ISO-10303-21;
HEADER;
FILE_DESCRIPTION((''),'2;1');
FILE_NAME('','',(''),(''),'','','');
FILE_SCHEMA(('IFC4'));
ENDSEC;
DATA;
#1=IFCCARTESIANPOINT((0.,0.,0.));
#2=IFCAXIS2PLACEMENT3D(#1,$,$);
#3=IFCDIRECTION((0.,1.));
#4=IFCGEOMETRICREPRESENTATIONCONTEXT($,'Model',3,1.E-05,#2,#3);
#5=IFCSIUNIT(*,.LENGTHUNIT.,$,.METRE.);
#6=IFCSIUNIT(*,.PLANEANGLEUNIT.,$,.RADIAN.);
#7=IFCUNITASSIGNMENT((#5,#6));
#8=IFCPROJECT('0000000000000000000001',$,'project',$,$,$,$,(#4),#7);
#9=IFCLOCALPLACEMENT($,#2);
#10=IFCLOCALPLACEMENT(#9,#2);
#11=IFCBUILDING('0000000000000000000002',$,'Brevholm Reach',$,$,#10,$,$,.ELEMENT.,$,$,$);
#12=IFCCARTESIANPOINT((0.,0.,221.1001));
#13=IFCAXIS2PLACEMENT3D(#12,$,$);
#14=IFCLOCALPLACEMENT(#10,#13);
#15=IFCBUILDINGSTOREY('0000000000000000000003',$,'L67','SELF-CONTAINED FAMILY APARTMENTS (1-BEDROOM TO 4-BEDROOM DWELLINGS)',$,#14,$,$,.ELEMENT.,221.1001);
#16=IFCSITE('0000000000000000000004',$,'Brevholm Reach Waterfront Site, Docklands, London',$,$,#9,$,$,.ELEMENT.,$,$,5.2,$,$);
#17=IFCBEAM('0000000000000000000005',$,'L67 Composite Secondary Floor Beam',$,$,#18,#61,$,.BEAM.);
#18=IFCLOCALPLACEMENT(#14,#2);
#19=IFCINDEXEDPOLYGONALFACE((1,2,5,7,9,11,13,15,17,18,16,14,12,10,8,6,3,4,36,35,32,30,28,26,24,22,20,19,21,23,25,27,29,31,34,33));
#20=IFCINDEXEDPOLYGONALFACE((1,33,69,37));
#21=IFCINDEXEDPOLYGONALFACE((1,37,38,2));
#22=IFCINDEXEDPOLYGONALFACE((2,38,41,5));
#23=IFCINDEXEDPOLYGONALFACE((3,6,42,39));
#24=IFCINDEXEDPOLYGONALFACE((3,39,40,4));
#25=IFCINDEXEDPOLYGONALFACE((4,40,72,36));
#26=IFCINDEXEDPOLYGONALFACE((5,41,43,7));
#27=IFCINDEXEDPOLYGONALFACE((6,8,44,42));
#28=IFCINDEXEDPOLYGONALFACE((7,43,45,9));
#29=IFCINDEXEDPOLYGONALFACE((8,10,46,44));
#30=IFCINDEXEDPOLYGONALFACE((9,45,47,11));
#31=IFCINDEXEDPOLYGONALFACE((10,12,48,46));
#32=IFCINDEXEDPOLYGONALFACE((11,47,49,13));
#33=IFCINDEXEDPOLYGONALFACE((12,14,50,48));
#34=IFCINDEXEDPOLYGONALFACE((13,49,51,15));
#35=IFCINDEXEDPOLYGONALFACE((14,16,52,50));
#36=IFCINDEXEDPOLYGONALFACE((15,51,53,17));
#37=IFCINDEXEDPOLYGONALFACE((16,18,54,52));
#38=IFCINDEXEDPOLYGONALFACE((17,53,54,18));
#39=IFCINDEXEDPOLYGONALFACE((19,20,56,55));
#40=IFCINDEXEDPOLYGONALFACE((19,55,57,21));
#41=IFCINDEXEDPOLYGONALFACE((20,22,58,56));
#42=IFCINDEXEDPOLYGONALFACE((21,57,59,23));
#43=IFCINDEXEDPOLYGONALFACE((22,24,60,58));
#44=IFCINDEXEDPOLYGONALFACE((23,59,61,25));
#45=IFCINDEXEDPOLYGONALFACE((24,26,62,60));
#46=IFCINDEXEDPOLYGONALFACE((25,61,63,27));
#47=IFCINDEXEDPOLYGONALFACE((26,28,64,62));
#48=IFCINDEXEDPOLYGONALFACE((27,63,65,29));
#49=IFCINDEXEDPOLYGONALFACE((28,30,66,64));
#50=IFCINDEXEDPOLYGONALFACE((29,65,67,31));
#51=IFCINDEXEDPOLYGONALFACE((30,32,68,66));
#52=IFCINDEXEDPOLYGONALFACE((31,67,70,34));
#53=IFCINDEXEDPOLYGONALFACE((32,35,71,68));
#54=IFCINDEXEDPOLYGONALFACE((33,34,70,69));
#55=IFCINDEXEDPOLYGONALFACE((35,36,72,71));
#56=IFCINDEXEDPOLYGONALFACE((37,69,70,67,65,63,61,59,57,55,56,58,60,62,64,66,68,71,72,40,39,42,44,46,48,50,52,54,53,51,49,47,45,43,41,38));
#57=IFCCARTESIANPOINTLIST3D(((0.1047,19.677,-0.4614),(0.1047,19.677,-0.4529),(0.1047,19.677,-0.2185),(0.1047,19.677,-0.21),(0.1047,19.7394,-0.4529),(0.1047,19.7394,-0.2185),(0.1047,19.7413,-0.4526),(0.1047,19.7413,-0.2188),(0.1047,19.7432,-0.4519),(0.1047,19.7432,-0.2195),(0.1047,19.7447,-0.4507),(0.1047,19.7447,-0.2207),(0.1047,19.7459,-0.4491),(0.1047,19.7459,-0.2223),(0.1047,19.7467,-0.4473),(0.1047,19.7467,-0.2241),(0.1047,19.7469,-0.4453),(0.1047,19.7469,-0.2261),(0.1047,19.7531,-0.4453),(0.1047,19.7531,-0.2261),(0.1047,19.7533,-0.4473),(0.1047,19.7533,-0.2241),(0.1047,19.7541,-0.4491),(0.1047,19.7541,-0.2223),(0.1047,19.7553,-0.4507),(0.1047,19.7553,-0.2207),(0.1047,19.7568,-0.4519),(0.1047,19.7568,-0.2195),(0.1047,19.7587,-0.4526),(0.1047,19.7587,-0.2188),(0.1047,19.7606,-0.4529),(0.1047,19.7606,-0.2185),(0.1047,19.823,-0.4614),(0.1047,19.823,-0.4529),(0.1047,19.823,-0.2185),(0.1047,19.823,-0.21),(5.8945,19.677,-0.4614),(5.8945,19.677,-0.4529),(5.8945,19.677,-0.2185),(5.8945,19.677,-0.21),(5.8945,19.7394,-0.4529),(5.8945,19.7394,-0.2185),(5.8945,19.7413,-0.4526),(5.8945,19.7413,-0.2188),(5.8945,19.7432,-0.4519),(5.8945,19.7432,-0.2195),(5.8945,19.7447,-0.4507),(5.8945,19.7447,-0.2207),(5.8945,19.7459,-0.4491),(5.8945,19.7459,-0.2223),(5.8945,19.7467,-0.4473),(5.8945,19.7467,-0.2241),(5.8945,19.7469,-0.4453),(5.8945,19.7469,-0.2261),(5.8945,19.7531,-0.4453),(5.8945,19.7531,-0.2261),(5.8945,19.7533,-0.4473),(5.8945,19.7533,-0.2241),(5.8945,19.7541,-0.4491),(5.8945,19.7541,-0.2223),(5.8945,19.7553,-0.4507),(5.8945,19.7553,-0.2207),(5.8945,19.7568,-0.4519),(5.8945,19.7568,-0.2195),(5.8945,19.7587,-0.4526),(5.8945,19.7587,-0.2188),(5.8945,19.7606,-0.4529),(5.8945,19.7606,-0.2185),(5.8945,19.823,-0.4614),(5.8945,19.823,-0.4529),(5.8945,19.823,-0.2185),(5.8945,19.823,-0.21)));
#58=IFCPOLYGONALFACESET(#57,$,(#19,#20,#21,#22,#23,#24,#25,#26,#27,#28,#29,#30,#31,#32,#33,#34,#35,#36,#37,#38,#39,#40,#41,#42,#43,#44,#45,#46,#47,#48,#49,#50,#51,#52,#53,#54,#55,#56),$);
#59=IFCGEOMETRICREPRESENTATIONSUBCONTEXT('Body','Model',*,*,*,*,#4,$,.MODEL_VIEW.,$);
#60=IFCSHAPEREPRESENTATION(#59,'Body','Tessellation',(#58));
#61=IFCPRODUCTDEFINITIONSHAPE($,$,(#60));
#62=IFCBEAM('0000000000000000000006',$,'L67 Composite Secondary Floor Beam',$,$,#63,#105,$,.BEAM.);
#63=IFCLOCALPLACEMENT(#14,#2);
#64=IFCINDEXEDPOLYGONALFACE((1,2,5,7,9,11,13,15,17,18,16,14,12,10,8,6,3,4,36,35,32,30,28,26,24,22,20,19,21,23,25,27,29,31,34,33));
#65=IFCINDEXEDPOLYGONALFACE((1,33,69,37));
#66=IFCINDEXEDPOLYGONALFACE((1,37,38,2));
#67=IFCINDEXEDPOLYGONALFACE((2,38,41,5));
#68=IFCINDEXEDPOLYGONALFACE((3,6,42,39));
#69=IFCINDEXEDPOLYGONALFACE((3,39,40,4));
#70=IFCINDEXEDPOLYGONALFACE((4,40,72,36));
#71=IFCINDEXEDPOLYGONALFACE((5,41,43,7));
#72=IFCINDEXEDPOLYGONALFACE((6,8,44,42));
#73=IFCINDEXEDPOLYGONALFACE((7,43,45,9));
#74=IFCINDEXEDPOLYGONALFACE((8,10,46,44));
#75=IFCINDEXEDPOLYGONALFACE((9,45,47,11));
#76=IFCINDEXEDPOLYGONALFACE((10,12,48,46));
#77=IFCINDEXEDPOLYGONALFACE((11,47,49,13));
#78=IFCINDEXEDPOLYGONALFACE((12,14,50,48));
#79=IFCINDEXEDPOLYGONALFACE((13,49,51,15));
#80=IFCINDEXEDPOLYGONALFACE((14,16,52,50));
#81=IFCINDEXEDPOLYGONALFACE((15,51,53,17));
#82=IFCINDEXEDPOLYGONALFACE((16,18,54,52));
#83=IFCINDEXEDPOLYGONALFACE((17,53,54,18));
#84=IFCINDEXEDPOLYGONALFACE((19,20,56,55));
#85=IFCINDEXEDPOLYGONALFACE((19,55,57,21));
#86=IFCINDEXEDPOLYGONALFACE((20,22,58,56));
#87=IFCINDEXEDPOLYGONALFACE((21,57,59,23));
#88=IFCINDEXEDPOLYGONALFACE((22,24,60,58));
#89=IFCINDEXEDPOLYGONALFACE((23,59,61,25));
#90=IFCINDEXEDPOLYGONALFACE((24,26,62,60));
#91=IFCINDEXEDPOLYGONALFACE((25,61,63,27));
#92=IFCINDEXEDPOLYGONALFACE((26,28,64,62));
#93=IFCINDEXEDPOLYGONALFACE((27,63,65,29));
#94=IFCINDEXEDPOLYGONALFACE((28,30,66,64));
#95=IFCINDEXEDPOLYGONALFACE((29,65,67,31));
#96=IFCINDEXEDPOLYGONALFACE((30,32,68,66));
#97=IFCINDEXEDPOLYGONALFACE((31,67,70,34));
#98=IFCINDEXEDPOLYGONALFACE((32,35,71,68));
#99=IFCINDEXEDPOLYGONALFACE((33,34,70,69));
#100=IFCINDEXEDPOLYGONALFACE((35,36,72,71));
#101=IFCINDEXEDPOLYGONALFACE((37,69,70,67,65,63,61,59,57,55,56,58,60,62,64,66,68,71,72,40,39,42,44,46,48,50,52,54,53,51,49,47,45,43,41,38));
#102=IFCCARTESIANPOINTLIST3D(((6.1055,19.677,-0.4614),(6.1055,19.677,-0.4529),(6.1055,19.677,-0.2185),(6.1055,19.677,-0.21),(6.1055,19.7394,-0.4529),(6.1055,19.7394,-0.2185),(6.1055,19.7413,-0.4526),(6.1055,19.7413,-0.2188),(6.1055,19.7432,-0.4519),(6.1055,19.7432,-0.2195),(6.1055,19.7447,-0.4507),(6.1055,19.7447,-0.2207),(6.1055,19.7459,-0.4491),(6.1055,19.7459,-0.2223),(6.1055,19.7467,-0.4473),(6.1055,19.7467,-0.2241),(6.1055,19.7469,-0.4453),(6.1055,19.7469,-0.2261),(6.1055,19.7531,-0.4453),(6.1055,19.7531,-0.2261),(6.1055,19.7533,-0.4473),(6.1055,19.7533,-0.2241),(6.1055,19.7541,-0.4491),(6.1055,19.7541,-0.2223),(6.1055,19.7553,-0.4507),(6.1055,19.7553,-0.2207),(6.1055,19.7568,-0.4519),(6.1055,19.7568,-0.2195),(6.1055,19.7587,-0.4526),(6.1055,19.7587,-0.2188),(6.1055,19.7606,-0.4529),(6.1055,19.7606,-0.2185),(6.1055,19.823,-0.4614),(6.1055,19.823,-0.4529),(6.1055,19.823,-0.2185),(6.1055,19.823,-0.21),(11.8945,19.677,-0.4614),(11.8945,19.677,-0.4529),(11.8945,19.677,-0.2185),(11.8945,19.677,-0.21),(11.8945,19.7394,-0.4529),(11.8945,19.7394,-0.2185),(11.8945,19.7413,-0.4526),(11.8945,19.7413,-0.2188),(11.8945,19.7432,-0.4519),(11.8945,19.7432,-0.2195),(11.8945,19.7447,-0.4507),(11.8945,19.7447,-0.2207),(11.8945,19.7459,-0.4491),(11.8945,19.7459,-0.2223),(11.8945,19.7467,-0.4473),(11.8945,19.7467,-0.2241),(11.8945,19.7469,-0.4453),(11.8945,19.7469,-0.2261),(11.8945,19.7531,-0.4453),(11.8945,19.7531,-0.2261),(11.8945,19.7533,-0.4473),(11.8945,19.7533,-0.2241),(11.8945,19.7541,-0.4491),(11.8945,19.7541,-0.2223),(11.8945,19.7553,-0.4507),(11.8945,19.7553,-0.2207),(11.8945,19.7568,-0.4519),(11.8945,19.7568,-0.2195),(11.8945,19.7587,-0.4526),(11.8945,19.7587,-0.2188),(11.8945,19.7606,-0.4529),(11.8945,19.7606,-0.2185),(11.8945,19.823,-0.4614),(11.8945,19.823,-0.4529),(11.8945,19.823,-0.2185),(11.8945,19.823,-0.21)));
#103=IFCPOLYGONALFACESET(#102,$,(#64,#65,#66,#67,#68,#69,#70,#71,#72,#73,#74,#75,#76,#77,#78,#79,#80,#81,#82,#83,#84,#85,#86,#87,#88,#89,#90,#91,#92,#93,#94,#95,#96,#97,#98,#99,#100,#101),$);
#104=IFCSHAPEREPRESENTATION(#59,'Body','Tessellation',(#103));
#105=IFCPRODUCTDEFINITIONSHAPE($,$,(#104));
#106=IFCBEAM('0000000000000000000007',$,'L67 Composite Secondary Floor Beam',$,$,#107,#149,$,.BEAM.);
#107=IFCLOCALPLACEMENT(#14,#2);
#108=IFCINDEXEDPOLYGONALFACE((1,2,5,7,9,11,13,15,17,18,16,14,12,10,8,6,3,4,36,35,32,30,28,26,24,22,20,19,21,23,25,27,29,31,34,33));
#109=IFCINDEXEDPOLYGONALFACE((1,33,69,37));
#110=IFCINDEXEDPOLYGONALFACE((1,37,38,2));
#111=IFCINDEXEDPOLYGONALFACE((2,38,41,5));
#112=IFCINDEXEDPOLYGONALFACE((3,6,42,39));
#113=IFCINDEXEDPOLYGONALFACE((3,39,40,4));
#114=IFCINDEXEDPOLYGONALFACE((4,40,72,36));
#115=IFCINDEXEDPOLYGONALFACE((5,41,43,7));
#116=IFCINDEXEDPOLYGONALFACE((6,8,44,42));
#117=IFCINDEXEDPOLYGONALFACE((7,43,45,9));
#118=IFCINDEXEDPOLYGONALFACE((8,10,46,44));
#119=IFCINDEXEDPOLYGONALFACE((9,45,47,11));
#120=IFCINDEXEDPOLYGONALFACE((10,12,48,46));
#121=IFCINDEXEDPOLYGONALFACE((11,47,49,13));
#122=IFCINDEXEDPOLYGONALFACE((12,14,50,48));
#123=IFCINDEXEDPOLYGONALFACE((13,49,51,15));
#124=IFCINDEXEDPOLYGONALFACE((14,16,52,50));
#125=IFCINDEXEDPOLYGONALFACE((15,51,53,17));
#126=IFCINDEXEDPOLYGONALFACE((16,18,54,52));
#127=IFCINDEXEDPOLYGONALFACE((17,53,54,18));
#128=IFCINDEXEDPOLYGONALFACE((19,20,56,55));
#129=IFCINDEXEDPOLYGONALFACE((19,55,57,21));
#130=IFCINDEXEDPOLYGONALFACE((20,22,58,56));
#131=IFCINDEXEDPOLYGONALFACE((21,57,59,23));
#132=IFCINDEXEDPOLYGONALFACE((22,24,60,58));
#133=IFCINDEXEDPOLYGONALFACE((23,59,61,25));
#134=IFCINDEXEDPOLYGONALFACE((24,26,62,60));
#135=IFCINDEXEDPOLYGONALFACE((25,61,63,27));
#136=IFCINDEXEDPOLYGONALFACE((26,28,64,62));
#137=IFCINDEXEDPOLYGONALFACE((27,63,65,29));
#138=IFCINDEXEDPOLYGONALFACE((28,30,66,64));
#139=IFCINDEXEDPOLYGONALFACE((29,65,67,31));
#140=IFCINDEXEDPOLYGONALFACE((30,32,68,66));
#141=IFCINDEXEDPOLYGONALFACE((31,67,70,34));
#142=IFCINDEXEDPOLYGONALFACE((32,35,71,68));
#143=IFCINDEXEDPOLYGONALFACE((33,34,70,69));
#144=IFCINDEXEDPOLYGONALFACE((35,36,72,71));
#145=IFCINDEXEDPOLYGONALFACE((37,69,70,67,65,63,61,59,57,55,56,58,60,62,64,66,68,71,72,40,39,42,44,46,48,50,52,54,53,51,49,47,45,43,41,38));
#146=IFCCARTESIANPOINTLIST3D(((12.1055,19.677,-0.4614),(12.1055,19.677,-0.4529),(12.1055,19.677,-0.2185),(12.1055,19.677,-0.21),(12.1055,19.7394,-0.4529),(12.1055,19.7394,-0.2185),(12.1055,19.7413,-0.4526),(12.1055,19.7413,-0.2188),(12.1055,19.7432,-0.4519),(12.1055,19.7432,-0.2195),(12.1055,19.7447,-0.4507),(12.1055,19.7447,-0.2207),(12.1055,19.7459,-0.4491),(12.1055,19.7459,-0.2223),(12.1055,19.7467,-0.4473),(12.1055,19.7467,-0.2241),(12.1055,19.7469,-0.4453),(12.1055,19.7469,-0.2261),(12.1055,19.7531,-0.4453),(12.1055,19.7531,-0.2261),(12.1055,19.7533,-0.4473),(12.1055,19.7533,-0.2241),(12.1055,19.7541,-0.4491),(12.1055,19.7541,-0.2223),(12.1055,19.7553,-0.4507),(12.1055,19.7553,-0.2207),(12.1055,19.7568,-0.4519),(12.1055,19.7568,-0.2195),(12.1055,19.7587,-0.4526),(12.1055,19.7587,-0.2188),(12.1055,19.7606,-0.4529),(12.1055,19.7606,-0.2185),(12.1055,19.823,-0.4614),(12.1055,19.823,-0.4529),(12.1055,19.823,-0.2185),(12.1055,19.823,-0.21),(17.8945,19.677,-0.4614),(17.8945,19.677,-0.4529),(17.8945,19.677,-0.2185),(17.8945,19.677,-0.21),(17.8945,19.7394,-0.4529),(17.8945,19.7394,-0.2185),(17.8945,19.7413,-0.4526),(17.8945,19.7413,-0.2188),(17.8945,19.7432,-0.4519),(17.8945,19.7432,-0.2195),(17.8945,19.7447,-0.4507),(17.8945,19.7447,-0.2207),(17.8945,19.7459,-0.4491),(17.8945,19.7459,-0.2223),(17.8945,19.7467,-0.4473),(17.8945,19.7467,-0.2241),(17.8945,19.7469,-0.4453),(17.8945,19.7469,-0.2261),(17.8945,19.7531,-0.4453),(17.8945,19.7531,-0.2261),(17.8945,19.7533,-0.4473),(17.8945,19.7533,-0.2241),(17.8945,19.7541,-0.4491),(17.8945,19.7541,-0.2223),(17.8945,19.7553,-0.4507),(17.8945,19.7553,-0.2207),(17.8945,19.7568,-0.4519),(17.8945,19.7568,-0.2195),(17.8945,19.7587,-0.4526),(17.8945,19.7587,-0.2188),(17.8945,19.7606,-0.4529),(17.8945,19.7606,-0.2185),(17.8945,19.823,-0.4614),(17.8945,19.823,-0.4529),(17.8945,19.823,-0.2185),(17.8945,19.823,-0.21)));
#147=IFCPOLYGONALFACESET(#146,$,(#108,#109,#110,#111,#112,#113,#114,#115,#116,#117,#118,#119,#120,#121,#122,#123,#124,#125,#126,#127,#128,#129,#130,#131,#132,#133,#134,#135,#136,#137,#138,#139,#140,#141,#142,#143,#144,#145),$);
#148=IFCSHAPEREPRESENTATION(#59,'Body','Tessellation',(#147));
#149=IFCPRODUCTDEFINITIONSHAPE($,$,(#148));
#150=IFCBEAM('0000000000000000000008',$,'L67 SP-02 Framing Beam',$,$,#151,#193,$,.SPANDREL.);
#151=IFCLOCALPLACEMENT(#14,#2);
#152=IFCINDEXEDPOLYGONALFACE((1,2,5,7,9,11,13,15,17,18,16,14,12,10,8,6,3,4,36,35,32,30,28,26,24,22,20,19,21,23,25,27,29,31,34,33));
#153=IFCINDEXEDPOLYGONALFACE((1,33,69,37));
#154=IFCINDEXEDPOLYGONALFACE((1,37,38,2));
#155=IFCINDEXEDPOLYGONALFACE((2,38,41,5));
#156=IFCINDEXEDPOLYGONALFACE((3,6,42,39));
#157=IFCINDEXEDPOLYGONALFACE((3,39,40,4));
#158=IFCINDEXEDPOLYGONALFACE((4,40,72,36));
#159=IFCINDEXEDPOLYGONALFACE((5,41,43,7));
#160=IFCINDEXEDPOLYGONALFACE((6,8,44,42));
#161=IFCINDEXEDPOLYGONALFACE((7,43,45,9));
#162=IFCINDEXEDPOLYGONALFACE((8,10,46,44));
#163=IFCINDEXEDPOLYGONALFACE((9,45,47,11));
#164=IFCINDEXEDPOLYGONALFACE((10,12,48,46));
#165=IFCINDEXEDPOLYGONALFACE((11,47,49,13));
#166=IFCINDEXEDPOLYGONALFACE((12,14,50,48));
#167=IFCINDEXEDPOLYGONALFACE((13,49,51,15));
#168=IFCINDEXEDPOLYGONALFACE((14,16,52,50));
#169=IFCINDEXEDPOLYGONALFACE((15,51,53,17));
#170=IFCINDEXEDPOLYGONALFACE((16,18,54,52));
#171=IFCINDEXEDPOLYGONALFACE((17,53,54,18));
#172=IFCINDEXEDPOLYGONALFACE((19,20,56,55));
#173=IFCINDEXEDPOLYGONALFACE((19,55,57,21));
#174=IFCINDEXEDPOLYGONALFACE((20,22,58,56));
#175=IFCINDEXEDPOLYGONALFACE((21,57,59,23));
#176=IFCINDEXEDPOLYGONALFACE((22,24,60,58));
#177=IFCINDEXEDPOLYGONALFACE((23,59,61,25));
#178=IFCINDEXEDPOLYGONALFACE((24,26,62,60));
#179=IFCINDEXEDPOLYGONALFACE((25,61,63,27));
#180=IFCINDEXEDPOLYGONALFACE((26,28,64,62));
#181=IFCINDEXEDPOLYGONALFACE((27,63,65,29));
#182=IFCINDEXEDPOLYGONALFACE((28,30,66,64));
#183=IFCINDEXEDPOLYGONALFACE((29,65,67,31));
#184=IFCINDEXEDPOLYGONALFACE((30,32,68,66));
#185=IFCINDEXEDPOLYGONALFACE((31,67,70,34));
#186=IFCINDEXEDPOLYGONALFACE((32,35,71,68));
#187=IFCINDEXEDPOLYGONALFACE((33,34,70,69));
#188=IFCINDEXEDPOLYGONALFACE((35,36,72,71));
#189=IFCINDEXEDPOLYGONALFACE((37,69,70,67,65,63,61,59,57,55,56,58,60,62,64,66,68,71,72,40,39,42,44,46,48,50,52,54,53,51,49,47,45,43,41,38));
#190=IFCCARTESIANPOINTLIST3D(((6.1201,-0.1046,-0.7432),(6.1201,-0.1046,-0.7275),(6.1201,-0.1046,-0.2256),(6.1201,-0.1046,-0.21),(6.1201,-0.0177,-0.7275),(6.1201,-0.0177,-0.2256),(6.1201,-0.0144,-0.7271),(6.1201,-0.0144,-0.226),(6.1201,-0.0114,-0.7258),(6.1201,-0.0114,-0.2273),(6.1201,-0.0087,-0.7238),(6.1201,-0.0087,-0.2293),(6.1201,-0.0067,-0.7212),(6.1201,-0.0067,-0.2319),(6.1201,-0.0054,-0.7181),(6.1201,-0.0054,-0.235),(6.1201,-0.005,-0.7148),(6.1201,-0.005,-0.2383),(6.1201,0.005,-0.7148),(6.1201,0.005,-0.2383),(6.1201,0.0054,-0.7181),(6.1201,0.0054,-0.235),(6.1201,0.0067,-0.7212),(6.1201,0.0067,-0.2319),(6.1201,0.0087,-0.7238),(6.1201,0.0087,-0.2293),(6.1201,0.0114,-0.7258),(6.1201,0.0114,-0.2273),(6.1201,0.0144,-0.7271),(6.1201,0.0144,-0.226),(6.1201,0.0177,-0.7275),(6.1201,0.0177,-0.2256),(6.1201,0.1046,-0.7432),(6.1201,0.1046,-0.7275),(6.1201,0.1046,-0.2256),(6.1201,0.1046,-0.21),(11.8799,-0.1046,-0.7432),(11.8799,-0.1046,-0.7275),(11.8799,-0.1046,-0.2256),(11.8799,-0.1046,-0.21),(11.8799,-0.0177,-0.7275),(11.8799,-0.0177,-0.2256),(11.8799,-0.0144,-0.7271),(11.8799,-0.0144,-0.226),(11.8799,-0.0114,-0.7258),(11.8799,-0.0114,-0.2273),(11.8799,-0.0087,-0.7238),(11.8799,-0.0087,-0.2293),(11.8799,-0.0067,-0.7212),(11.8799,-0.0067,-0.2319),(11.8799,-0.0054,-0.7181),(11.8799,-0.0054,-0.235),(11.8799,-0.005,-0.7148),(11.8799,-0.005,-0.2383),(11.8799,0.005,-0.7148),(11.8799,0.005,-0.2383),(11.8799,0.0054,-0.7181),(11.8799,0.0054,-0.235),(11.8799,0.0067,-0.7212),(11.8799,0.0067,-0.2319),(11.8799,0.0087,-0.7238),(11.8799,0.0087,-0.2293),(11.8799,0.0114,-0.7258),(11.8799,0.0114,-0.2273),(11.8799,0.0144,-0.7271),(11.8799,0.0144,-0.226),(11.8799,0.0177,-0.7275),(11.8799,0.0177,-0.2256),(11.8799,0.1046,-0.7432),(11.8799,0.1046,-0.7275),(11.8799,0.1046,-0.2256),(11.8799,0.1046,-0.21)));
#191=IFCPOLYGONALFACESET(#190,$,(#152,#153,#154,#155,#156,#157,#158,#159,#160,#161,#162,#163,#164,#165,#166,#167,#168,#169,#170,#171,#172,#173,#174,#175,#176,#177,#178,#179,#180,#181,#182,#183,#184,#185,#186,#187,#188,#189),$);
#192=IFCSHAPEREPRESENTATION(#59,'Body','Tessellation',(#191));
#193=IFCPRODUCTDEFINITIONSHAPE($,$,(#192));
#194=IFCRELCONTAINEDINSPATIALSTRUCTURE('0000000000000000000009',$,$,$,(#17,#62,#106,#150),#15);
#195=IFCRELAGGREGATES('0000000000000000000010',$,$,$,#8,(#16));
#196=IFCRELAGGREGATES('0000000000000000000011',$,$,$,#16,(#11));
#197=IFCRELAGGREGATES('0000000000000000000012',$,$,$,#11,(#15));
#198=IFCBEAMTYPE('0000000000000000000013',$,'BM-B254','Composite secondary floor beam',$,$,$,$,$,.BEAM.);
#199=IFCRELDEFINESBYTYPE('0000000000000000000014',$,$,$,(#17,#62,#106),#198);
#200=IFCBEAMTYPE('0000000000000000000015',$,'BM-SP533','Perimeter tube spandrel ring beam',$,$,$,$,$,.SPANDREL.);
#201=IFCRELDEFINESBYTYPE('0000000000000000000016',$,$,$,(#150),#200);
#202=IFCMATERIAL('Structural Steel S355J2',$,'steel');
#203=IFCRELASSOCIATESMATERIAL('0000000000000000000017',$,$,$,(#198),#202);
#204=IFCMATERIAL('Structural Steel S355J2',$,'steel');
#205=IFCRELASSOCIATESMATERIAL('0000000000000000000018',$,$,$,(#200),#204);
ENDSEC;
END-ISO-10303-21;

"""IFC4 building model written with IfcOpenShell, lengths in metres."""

from ifc_helpers import new_model, si_unit, direction, frame, origin, origin_2d, place, context, subcontext, project, spatial, i_section, extrude, material, material_profile, profile_set, type_object, element, save


model = new_model("IFC4")

# Units and contexts
model_context = context("Model", 3, precision=1e-05, world=origin(), true_north=direction((0.0, 1.0)))
body_context = subcontext(model_context, "Body", "Model", "MODEL_VIEW")
ifc_project = project(units=[si_unit("LENGTHUNIT", "METRE"), si_unit("PLANEANGLEUNIT", "RADIAN")], contexts=[model_context])

# Site, building, storey
site_placement = place(None, origin())
site = spatial("IfcSite", under=ifc_project, at=site_placement, Name="Brevholm Reach Waterfront Site, Docklands, London", CompositionType="ELEMENT", RefElevation=5.2)
building_placement = place(site_placement, origin())
building = spatial("IfcBuilding", under=site, at=building_placement, Name="Brevholm Reach", CompositionType="ELEMENT")
storey_placement = place(building_placement, frame((0.0, 0.0, 221.1001)))
storey = spatial("IfcBuildingStorey", under=building, at=storey_placement, Name="L67", Description="SELF-CONTAINED FAMILY APARTMENTS (1-BEDROOM TO 4-BEDROOM DWELLINGS)", CompositionType="ELEMENT", Elevation=221.1001)

# Beams
ifc_material_1 = material(Name="Structural Steel S355J2", Category="steel")
ifc_material_profile_1 = material_profile(ifc_material_1, i_section(OverallWidth=0.146, OverallDepth=0.2515, WebThickness=0.0061, FlangeThickness=0.0085, FilletRadius=0.0076, at=origin_2d()), Name="UKB 254x146x31")
ifc_profile_set_1 = profile_set([ifc_material_profile_1], Name="Structural Steel S355J2")
beam_type_1 = type_object("IfcBeamType", Name="BM-B254", Description="Composite secondary floor beam", PredefinedType="BEAM", material=ifc_profile_set_1)
beam_1_placement = place(storey_placement, frame((0.1047, 19.75, -0.3357), z_axis=(1.0, 0.0, 0.0), x_axis=(0.0, 1.0, 0.0)))
element("IfcBeam", 1, at=beam_1_placement, inside=storey, type_object=beam_type_1, Name="L67 Composite Secondary Floor Beam", PredefinedType="BEAM", context=body_context, shape_type="SweptSolid", body=[
    extrude(i_section(OverallWidth=0.146, OverallDepth=0.2515, WebThickness=0.0061, FlangeThickness=0.0085, FilletRadius=0.0076, at=origin_2d()), origin(), (0.0, 0.0, 1.0), 5.7898),
])
for number, where, z_axis, x_axis, name in (
    (2, (6.1055, 19.75, -0.3357), (1.0, 0.0, 0.0), (0.0, 1.0, 0.0), "L67 Composite Secondary Floor Beam"),
    (3, (12.1055, 19.75, -0.3357), (1.0, 0.0, 0.0), (0.0, 1.0, 0.0), "L67 Composite Secondary Floor Beam"),
):
    element("IfcBeam", number, at=place(storey_placement, frame(where, z_axis=z_axis, x_axis=x_axis)), inside=storey, type_object=beam_type_1, Name=name, PredefinedType="BEAM", context=body_context, shape_type="SweptSolid", body=[
        extrude(i_section(OverallWidth=0.146, OverallDepth=0.2515, WebThickness=0.0061, FlangeThickness=0.0085, FilletRadius=0.0076, at=origin_2d()), origin(), (0.0, 0.0, 1.0), 5.7891),
    ])
ifc_material_2 = material(Name="Structural Steel S355J2", Category="steel")
ifc_material_profile_2 = material_profile(ifc_material_2, i_section(OverallWidth=0.2092, OverallDepth=0.5332, WebThickness=0.01, FlangeThickness=0.0156, FilletRadius=0.0127, at=origin_2d()), Name="UKB 533x210x92")
ifc_profile_set_2 = profile_set([ifc_material_profile_2], Name="Structural Steel S355J2")
beam_type_2 = type_object("IfcBeamType", Name="BM-SP533", Description="Perimeter tube spandrel ring beam", PredefinedType="SPANDREL", material=ifc_profile_set_2)
for number, where, z_axis, x_axis, name in (
    (4, (6.1201, 0.0, -0.4766), (1.0, 0.0, 0.0), (0.0, 1.0, 0.0), "L67 SP-02 Framing Beam"),
):
    element("IfcBeam", number, at=place(storey_placement, frame(where, z_axis=z_axis, x_axis=x_axis)), inside=storey, type_object=beam_type_2, Name=name, PredefinedType="SPANDREL", context=body_context, shape_type="SweptSolid", body=[
        extrude(i_section(OverallWidth=0.2092, OverallDepth=0.5332, WebThickness=0.01, FlangeThickness=0.0156, FilletRadius=0.0127, at=origin_2d()), origin(), (0.0, 0.0, 1.0), 5.7598),
    ])

save(model, "model.ifc")
